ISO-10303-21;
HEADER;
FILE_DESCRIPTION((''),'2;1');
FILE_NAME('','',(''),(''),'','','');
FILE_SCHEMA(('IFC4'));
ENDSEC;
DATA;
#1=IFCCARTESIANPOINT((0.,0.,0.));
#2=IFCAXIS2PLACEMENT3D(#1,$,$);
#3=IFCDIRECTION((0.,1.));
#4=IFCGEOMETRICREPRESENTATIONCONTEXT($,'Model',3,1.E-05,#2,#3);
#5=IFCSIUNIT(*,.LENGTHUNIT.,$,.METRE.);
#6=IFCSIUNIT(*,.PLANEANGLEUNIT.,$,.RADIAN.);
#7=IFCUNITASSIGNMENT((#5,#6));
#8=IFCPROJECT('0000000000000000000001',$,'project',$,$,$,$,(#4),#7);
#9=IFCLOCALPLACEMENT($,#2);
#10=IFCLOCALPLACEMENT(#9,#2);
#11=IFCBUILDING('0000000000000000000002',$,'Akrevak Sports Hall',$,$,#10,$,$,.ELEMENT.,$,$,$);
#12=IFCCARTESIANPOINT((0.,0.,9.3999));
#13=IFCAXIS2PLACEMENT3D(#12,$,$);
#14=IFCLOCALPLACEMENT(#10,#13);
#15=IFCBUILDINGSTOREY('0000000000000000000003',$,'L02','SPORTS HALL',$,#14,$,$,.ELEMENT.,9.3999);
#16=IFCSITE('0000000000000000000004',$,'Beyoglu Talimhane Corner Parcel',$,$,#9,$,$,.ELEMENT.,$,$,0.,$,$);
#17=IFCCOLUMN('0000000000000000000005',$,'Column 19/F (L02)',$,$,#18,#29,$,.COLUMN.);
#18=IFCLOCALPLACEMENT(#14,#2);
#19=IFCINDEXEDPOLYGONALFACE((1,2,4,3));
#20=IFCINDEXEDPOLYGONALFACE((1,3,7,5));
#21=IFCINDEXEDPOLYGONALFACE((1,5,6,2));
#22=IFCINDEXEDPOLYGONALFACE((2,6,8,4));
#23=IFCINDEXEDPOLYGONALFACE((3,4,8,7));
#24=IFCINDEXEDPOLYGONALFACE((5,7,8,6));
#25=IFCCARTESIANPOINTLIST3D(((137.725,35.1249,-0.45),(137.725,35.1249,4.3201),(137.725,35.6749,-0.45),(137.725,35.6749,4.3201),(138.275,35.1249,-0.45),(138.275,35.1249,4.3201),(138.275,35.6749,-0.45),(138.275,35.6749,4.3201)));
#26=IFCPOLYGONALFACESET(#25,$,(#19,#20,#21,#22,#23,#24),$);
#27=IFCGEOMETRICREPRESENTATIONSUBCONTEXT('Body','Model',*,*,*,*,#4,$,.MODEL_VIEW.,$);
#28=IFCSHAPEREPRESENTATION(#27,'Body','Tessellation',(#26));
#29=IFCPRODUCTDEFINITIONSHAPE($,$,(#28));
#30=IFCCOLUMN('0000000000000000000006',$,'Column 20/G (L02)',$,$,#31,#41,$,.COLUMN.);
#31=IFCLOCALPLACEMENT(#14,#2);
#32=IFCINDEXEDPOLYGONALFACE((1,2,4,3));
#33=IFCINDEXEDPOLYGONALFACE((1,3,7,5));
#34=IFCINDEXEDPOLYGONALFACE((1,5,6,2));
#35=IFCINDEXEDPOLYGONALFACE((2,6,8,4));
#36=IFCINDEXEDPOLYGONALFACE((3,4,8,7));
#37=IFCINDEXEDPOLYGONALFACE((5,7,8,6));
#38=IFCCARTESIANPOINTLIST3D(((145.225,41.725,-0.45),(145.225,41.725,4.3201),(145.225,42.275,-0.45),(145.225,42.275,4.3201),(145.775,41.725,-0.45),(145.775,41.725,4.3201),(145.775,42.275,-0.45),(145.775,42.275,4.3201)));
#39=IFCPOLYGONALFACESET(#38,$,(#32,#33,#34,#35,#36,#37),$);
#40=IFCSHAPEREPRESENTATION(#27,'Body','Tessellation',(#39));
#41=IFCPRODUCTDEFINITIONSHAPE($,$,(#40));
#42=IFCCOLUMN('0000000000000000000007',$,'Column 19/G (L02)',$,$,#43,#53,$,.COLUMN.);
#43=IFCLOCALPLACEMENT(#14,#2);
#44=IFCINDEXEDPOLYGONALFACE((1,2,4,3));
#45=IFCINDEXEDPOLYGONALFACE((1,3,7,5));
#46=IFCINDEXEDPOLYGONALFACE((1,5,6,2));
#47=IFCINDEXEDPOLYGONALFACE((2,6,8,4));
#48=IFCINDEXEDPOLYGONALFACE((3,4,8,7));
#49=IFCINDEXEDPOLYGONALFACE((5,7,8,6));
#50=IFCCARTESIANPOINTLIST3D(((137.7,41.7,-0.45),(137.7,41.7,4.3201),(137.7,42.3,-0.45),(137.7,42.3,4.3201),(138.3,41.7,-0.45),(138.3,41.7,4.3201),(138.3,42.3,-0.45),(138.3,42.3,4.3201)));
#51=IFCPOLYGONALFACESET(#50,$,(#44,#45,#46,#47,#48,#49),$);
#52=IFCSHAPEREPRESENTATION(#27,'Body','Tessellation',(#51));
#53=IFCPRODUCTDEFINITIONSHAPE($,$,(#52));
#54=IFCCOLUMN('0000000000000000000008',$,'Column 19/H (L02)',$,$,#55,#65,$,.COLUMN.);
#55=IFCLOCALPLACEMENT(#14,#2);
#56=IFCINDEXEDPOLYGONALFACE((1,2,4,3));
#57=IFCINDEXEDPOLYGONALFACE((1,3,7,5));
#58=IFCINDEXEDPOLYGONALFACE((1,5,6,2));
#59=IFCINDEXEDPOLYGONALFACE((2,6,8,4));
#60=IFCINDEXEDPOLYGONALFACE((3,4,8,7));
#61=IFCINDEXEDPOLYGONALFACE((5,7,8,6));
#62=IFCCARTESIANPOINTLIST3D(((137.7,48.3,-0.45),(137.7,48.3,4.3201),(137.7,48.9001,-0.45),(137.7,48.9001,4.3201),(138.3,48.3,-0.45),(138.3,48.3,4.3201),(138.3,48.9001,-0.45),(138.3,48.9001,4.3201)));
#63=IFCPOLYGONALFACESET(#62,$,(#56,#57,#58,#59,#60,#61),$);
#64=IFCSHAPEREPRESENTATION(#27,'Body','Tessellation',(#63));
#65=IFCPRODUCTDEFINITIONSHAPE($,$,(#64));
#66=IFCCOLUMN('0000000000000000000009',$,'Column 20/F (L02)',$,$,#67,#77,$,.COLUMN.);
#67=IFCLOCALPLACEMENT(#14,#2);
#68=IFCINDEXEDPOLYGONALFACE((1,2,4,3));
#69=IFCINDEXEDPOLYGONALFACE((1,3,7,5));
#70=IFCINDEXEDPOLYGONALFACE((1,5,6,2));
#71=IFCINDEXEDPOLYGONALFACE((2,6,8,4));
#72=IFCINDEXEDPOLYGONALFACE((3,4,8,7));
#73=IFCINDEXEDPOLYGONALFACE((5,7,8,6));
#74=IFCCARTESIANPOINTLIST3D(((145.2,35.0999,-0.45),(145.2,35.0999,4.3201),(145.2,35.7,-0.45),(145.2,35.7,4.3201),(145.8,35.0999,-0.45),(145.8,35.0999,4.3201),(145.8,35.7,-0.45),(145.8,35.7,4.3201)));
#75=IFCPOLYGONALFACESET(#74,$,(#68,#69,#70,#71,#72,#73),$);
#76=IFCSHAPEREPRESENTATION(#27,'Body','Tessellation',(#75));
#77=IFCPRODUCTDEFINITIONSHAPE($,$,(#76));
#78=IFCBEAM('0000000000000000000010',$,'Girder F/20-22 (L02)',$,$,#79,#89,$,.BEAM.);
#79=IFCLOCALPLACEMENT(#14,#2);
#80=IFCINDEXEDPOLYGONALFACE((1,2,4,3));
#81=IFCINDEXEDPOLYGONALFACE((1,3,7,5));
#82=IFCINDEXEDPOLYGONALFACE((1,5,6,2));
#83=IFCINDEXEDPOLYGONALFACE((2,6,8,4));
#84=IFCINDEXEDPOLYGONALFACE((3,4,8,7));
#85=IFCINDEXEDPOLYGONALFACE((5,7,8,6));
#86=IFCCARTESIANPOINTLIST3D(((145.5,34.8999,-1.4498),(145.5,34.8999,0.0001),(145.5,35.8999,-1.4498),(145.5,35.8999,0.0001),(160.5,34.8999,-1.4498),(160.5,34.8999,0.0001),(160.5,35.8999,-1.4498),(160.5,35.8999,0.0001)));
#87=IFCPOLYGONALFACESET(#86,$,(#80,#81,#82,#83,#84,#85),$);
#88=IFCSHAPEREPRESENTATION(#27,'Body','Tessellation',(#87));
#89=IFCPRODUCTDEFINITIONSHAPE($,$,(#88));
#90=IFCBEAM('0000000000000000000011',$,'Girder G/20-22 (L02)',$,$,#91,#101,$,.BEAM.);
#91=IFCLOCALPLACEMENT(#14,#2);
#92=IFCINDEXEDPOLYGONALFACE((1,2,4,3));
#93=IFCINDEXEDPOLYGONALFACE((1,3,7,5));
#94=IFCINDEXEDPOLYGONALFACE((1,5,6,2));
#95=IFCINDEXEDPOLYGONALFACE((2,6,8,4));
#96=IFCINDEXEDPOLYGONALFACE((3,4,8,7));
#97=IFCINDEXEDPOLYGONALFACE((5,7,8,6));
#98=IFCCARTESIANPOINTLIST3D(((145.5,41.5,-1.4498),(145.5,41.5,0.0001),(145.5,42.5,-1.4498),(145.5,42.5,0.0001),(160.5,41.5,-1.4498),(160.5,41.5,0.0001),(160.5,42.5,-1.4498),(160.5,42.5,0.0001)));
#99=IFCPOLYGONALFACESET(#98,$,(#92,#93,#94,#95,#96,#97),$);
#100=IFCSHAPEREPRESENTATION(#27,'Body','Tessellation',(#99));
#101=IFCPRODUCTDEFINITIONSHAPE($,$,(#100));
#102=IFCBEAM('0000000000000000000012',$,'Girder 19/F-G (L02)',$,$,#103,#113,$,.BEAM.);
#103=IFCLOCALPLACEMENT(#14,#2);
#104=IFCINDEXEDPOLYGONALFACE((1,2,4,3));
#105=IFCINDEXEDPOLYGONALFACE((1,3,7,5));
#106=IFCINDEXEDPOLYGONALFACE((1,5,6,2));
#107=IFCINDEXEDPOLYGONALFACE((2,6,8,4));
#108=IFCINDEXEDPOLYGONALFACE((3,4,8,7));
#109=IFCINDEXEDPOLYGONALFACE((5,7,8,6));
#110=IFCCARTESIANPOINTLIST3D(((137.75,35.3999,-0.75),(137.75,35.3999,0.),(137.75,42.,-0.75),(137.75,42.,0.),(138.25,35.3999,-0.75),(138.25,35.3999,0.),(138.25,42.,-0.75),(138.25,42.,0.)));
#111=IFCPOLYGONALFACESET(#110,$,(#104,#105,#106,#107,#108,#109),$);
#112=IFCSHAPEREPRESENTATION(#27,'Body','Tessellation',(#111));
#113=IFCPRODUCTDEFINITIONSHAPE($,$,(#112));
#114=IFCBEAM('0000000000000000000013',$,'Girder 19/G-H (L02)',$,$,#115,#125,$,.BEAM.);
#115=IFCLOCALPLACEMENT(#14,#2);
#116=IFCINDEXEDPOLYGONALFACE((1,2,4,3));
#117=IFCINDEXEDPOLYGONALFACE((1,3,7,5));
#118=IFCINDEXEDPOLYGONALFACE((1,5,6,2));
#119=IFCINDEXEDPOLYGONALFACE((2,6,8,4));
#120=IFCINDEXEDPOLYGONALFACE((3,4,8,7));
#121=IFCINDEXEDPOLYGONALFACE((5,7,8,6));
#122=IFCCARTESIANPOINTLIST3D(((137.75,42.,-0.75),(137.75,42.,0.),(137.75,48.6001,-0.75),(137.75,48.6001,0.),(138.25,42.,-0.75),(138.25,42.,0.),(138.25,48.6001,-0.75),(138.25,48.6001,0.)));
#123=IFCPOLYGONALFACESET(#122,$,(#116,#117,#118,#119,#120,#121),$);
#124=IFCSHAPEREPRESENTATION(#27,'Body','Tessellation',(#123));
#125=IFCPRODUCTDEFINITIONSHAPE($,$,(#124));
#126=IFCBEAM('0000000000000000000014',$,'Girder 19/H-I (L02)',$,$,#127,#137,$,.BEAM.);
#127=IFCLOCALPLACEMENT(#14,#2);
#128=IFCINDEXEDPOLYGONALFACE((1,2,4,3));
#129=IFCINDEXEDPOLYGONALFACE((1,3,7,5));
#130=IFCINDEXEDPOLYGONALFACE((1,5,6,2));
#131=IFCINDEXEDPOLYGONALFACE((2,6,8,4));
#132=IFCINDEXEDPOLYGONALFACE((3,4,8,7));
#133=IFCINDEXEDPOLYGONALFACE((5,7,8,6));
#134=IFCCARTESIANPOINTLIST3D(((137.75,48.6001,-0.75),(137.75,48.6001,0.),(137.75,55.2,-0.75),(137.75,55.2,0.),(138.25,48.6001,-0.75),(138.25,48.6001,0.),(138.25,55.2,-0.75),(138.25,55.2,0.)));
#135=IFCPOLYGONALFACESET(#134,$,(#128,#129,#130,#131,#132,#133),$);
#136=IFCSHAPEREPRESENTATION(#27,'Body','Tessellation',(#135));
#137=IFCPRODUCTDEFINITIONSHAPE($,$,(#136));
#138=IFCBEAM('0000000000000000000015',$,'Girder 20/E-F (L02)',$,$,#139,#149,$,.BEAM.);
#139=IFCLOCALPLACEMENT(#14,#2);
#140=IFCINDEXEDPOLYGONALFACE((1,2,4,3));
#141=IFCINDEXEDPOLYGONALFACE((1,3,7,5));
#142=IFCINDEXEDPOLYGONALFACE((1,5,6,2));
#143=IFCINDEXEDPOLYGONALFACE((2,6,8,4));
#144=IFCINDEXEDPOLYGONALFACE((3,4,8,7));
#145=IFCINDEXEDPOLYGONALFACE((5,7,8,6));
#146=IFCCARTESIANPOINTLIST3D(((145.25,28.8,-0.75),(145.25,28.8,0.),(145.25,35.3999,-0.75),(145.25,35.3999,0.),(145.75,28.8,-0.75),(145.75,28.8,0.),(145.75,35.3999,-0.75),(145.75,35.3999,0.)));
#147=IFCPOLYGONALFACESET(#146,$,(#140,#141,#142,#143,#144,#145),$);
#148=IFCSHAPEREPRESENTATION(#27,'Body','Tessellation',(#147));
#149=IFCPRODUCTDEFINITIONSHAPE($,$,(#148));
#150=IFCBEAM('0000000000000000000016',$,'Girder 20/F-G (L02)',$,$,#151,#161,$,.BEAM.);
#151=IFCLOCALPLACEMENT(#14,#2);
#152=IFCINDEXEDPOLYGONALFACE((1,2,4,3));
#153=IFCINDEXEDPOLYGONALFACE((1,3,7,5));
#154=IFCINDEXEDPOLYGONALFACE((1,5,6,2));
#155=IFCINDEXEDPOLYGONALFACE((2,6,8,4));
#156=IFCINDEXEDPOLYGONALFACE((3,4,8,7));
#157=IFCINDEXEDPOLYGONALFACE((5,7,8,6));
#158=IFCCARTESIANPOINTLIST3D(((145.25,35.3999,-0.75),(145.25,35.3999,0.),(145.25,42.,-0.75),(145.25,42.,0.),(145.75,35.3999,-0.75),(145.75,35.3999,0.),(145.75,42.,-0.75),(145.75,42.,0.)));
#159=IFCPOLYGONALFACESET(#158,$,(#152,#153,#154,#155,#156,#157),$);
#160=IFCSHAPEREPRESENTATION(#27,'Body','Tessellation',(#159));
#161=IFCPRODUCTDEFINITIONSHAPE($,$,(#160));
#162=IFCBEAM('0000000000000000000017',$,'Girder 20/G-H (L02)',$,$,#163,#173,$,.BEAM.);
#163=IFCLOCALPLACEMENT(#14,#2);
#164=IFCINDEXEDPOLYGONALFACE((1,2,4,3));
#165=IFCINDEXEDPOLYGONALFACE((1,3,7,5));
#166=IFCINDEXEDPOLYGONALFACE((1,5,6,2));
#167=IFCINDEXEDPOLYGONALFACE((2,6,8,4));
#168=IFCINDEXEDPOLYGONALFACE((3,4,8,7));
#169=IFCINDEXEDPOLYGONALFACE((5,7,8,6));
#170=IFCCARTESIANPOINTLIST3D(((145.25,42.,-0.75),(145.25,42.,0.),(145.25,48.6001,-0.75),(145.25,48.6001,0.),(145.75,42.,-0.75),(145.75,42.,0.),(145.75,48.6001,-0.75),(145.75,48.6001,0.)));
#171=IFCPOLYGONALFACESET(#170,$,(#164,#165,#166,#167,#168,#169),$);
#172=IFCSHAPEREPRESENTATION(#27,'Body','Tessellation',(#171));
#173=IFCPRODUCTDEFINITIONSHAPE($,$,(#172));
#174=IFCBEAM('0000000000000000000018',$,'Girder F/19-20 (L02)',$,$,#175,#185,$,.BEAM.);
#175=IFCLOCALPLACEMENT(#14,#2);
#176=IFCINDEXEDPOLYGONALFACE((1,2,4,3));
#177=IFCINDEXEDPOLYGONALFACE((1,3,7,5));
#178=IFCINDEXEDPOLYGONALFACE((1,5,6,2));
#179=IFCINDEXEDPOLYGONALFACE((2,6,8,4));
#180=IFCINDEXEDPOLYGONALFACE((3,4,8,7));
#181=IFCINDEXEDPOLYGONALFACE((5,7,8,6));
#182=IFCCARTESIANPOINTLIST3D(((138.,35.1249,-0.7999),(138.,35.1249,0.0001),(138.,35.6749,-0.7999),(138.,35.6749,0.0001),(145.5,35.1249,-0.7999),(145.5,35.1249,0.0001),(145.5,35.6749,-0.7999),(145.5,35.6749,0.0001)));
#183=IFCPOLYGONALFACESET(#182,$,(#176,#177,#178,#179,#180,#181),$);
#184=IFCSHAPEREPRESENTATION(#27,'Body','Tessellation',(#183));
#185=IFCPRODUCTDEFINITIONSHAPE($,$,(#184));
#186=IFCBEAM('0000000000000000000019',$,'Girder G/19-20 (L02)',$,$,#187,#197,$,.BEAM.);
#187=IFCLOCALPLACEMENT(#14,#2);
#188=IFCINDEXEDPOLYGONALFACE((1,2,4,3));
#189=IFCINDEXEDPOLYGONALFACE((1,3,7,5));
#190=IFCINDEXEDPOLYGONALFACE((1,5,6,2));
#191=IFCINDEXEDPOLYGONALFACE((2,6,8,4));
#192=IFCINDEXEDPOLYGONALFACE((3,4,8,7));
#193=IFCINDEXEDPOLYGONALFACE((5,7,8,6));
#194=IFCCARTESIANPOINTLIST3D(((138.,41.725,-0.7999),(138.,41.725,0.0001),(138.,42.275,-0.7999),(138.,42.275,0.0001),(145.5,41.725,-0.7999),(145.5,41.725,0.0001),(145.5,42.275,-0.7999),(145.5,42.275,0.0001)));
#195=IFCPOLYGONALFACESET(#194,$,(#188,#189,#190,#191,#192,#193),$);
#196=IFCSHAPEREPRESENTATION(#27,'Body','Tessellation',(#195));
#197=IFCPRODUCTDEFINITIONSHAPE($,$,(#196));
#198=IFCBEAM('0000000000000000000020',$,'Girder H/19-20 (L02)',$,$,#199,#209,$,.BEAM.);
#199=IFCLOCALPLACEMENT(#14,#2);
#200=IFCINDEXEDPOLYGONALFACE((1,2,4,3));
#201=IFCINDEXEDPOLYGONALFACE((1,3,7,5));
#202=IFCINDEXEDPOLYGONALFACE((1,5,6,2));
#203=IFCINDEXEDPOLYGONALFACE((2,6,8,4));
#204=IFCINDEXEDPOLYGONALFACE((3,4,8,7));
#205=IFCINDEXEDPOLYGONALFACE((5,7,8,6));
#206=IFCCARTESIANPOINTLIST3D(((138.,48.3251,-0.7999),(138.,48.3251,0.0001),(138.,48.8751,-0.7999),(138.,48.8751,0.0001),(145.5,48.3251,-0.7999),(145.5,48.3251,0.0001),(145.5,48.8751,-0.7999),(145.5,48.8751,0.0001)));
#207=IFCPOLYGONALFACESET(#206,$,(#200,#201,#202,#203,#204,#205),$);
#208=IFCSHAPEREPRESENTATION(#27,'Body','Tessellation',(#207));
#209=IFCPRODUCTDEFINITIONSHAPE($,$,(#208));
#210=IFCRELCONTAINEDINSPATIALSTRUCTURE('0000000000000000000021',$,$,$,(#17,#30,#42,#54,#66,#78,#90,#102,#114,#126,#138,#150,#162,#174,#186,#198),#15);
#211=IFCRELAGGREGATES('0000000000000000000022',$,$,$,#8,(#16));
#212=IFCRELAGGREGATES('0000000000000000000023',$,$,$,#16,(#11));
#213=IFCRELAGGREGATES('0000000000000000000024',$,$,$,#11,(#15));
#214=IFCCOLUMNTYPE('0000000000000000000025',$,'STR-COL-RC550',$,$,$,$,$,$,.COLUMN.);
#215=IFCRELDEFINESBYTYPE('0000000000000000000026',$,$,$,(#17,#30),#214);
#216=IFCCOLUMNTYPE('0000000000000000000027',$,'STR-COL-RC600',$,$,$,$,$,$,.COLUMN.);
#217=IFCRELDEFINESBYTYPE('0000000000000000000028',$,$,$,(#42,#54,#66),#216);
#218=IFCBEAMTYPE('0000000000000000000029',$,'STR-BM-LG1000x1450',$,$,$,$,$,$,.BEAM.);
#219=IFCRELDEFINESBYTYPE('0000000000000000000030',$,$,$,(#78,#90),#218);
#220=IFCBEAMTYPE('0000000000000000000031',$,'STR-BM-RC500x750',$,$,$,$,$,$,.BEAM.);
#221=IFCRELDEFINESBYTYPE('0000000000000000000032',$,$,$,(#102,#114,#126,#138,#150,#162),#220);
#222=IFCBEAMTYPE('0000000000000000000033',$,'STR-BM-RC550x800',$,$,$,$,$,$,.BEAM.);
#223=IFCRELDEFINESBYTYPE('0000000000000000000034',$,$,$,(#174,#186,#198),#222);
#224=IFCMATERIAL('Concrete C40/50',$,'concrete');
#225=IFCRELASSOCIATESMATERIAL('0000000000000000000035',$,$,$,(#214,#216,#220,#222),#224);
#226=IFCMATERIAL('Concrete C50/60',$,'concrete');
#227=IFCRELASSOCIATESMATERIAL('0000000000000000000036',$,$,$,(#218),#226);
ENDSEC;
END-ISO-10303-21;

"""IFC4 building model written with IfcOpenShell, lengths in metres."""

from ifc_helpers import new_model, si_unit, direction, frame, origin, origin_2d, place, context, subcontext, project, spatial, rectangle, extrude, material, material_profile, profile_set, type_object, element, save


model = new_model("IFC4")

# Units and contexts
model_context = context("Model", 3, precision=1e-05, world=origin(), true_north=direction((0.0, 1.0)))
body_context = subcontext(model_context, "Body", "Model", "MODEL_VIEW")
ifc_project = project(units=[si_unit("LENGTHUNIT", "METRE"), si_unit("PLANEANGLEUNIT", "RADIAN")], contexts=[model_context])

# Site, building, storey
site_placement = place(None, origin())
site = spatial("IfcSite", under=ifc_project, at=site_placement, Name="Beyoglu Talimhane Corner Parcel", CompositionType="ELEMENT", RefElevation=0.0)
building_placement = place(site_placement, origin())
building = spatial("IfcBuilding", under=site, at=building_placement, Name="Akrevak Sports Hall", CompositionType="ELEMENT")
storey_placement = place(building_placement, frame((0.0, 0.0, 9.3999)))
storey = spatial("IfcBuildingStorey", under=building, at=storey_placement, Name="L02", Description="SPORTS HALL", CompositionType="ELEMENT", Elevation=9.3999)

# Columns
ifc_material_1 = material(Name="Concrete C40/50", Category="concrete")
ifc_material_profile_1 = material_profile(ifc_material_1, rectangle(XDim=0.55, YDim=0.55, at=origin_2d()), Name="RC 550x550", Category="concrete")
ifc_profile_set_1 = profile_set([ifc_material_profile_1], Name="Concrete C40/50")
column_type_1 = type_object("IfcColumnType", Name="STR-COL-RC550", PredefinedType="COLUMN", material=ifc_profile_set_1)
for number, where, z_axis, x_axis, name in (
    (1, (138.0, 35.3999, -0.45), (0.0, 0.0, 1.0), (1.0, 0.0, 0.0), "Column 19/F (L02)"),
    (2, (145.5, 42.0, -0.45), (0.0, 0.0, 1.0), (1.0, 0.0, 0.0), "Column 20/G (L02)"),
):
    element("IfcColumn", number, at=place(storey_placement, frame(where, z_axis=z_axis, x_axis=x_axis)), inside=storey, type_object=column_type_1, Name=name, PredefinedType="COLUMN", context=body_context, shape_type="SweptSolid", body=[
        extrude(rectangle(XDim=0.55, YDim=0.55, at=origin_2d()), origin(), (0.0, 0.0, 1.0), 4.77),
    ])
ifc_material_profile_2 = material_profile(ifc_material_1, rectangle(XDim=0.6001, YDim=0.6001, at=origin_2d()), Name="RC 600x600", Category="concrete")
ifc_profile_set_2 = profile_set([ifc_material_profile_2], Name="Concrete C40/50")
column_type_2 = type_object("IfcColumnType", Name="STR-COL-RC600", PredefinedType="COLUMN", material=ifc_profile_set_2)
for number, where, z_axis, x_axis, name in (
    (3, (138.0, 42.0, -0.45), (0.0, 0.0, 1.0), (1.0, 0.0, 0.0), "Column 19/G (L02)"),
    (4, (138.0, 48.6001, -0.45), (0.0, 0.0, 1.0), (1.0, 0.0, 0.0), "Column 19/H (L02)"),
    (5, (145.5, 35.3999, -0.45), (0.0, 0.0, 1.0), (1.0, 0.0, 0.0), "Column 20/F (L02)"),
):
    element("IfcColumn", number, at=place(storey_placement, frame(where, z_axis=z_axis, x_axis=x_axis)), inside=storey, type_object=column_type_2, Name=name, PredefinedType="COLUMN", context=body_context, shape_type="SweptSolid", body=[
        extrude(rectangle(XDim=0.6001, YDim=0.6001, at=origin_2d()), origin(), (0.0, 0.0, 1.0), 4.77),
    ])

# Beams
ifc_material_2 = material(Name="Concrete C50/60", Category="concrete")
ifc_material_profile_3 = material_profile(ifc_material_2, rectangle(XDim=1.0, YDim=1.45, at=origin_2d()), Name="BM 1000x1450", Category="concrete")
ifc_profile_set_3 = profile_set([ifc_material_profile_3], Name="Concrete C50/60")
beam_type_1 = type_object("IfcBeamType", Name="STR-BM-LG1000x1450", PredefinedType="BEAM", material=ifc_profile_set_3)
for number, where, z_axis, x_axis, name in (
    (6, (145.5, 35.3999, -0.7249), (1.0, 0.0, 0.0), (0.0, 1.0, 0.0), "Girder F/20-22 (L02)"),
    (7, (145.5, 42.0, -0.7249), (1.0, 0.0, 0.0), (0.0, 1.0, 0.0), "Girder G/20-22 (L02)"),
):
    element("IfcBeam", number, at=place(storey_placement, frame(where, z_axis=z_axis, x_axis=x_axis)), inside=storey, type_object=beam_type_1, Name=name, PredefinedType="BEAM", context=body_context, shape_type="SweptSolid", body=[
        extrude(rectangle(XDim=1.0, YDim=1.45, at=origin_2d()), origin(), (0.0, 0.0, 1.0), 15.0),
    ])
ifc_material_profile_4 = material_profile(ifc_material_1, rectangle(XDim=0.5, YDim=0.75, at=origin_2d()), Name="BM 500x750", Category="concrete")
ifc_profile_set_4 = profile_set([ifc_material_profile_4], Name="Concrete C40/50")
beam_type_2 = type_object("IfcBeamType", Name="STR-BM-RC500x750", PredefinedType="BEAM", material=ifc_profile_set_4)
for number, where, z_axis, x_axis, name in (
    (8, (138.0, 35.3999, -0.375), (0.0, 1.0, 0.0), (-1.0, 0.0, 0.0), "Girder 19/F-G (L02)"),
    (9, (138.0, 42.0, -0.375), (0.0, 1.0, 0.0), (-1.0, 0.0, 0.0), "Girder 19/G-H (L02)"),
):
    element("IfcBeam", number, at=place(storey_placement, frame(where, z_axis=z_axis, x_axis=x_axis)), inside=storey, type_object=beam_type_2, Name=name, PredefinedType="BEAM", context=body_context, shape_type="SweptSolid", body=[
        extrude(rectangle(XDim=0.5, YDim=0.75, at=origin_2d()), origin(), (0.0, 0.0, 1.0), 6.6001),
    ])
for number, where, z_axis, x_axis, name in (
    (10, (138.0, 48.6001, -0.375), (0.0, 1.0, 0.0), (-1.0, 0.0, 0.0), "Girder 19/H-I (L02)"),
    (11, (145.5, 28.8, -0.375), (0.0, 1.0, 0.0), (-1.0, 0.0, 0.0), "Girder 20/E-F (L02)"),
):
    element("IfcBeam", number, at=place(storey_placement, frame(where, z_axis=z_axis, x_axis=x_axis)), inside=storey, type_object=beam_type_2, Name=name, PredefinedType="BEAM", context=body_context, shape_type="SweptSolid", body=[
        extrude(rectangle(XDim=0.5, YDim=0.75, at=origin_2d()), origin(), (0.0, 0.0, 1.0), 6.5999),
    ])
for number, where, z_axis, x_axis, name in (
    (12, (145.5, 35.3999, -0.375), (0.0, 1.0, 0.0), (-1.0, 0.0, 0.0), "Girder 20/F-G (L02)"),
    (13, (145.5, 42.0, -0.375), (0.0, 1.0, 0.0), (-1.0, 0.0, 0.0), "Girder 20/G-H (L02)"),
):
    element("IfcBeam", number, at=place(storey_placement, frame(where, z_axis=z_axis, x_axis=x_axis)), inside=storey, type_object=beam_type_2, Name=name, PredefinedType="BEAM", context=body_context, shape_type="SweptSolid", body=[
        extrude(rectangle(XDim=0.5, YDim=0.75, at=origin_2d()), origin(), (0.0, 0.0, 1.0), 6.6001),
    ])
ifc_material_profile_5 = material_profile(ifc_material_1, rectangle(XDim=0.55, YDim=0.8, at=origin_2d()), Name="BM 550x800", Category="concrete")
ifc_profile_set_5 = profile_set([ifc_material_profile_5], Name="Concrete C40/50")
beam_type_3 = type_object("IfcBeamType", Name="STR-BM-RC550x800", PredefinedType="BEAM", material=ifc_profile_set_5)
for number, where, z_axis, x_axis, name in (
    (14, (138.0, 35.3999, -0.3999), (1.0, 0.0, 0.0), (0.0, 1.0, 0.0), "Girder F/19-20 (L02)"),
    (15, (138.0, 42.0, -0.3999), (1.0, 0.0, 0.0), (0.0, 1.0, 0.0), "Girder G/19-20 (L02)"),
    (16, (138.0, 48.6001, -0.3999), (1.0, 0.0, 0.0), (0.0, 1.0, 0.0), "Girder H/19-20 (L02)"),
):
    element("IfcBeam", number, at=place(storey_placement, frame(where, z_axis=z_axis, x_axis=x_axis)), inside=storey, type_object=beam_type_3, Name=name, PredefinedType="BEAM", context=body_context, shape_type="SweptSolid", body=[
        extrude(rectangle(XDim=0.55, YDim=0.8, at=origin_2d()), origin(), (0.0, 0.0, 1.0), 7.5),
    ])

save(model, "model.ifc")
